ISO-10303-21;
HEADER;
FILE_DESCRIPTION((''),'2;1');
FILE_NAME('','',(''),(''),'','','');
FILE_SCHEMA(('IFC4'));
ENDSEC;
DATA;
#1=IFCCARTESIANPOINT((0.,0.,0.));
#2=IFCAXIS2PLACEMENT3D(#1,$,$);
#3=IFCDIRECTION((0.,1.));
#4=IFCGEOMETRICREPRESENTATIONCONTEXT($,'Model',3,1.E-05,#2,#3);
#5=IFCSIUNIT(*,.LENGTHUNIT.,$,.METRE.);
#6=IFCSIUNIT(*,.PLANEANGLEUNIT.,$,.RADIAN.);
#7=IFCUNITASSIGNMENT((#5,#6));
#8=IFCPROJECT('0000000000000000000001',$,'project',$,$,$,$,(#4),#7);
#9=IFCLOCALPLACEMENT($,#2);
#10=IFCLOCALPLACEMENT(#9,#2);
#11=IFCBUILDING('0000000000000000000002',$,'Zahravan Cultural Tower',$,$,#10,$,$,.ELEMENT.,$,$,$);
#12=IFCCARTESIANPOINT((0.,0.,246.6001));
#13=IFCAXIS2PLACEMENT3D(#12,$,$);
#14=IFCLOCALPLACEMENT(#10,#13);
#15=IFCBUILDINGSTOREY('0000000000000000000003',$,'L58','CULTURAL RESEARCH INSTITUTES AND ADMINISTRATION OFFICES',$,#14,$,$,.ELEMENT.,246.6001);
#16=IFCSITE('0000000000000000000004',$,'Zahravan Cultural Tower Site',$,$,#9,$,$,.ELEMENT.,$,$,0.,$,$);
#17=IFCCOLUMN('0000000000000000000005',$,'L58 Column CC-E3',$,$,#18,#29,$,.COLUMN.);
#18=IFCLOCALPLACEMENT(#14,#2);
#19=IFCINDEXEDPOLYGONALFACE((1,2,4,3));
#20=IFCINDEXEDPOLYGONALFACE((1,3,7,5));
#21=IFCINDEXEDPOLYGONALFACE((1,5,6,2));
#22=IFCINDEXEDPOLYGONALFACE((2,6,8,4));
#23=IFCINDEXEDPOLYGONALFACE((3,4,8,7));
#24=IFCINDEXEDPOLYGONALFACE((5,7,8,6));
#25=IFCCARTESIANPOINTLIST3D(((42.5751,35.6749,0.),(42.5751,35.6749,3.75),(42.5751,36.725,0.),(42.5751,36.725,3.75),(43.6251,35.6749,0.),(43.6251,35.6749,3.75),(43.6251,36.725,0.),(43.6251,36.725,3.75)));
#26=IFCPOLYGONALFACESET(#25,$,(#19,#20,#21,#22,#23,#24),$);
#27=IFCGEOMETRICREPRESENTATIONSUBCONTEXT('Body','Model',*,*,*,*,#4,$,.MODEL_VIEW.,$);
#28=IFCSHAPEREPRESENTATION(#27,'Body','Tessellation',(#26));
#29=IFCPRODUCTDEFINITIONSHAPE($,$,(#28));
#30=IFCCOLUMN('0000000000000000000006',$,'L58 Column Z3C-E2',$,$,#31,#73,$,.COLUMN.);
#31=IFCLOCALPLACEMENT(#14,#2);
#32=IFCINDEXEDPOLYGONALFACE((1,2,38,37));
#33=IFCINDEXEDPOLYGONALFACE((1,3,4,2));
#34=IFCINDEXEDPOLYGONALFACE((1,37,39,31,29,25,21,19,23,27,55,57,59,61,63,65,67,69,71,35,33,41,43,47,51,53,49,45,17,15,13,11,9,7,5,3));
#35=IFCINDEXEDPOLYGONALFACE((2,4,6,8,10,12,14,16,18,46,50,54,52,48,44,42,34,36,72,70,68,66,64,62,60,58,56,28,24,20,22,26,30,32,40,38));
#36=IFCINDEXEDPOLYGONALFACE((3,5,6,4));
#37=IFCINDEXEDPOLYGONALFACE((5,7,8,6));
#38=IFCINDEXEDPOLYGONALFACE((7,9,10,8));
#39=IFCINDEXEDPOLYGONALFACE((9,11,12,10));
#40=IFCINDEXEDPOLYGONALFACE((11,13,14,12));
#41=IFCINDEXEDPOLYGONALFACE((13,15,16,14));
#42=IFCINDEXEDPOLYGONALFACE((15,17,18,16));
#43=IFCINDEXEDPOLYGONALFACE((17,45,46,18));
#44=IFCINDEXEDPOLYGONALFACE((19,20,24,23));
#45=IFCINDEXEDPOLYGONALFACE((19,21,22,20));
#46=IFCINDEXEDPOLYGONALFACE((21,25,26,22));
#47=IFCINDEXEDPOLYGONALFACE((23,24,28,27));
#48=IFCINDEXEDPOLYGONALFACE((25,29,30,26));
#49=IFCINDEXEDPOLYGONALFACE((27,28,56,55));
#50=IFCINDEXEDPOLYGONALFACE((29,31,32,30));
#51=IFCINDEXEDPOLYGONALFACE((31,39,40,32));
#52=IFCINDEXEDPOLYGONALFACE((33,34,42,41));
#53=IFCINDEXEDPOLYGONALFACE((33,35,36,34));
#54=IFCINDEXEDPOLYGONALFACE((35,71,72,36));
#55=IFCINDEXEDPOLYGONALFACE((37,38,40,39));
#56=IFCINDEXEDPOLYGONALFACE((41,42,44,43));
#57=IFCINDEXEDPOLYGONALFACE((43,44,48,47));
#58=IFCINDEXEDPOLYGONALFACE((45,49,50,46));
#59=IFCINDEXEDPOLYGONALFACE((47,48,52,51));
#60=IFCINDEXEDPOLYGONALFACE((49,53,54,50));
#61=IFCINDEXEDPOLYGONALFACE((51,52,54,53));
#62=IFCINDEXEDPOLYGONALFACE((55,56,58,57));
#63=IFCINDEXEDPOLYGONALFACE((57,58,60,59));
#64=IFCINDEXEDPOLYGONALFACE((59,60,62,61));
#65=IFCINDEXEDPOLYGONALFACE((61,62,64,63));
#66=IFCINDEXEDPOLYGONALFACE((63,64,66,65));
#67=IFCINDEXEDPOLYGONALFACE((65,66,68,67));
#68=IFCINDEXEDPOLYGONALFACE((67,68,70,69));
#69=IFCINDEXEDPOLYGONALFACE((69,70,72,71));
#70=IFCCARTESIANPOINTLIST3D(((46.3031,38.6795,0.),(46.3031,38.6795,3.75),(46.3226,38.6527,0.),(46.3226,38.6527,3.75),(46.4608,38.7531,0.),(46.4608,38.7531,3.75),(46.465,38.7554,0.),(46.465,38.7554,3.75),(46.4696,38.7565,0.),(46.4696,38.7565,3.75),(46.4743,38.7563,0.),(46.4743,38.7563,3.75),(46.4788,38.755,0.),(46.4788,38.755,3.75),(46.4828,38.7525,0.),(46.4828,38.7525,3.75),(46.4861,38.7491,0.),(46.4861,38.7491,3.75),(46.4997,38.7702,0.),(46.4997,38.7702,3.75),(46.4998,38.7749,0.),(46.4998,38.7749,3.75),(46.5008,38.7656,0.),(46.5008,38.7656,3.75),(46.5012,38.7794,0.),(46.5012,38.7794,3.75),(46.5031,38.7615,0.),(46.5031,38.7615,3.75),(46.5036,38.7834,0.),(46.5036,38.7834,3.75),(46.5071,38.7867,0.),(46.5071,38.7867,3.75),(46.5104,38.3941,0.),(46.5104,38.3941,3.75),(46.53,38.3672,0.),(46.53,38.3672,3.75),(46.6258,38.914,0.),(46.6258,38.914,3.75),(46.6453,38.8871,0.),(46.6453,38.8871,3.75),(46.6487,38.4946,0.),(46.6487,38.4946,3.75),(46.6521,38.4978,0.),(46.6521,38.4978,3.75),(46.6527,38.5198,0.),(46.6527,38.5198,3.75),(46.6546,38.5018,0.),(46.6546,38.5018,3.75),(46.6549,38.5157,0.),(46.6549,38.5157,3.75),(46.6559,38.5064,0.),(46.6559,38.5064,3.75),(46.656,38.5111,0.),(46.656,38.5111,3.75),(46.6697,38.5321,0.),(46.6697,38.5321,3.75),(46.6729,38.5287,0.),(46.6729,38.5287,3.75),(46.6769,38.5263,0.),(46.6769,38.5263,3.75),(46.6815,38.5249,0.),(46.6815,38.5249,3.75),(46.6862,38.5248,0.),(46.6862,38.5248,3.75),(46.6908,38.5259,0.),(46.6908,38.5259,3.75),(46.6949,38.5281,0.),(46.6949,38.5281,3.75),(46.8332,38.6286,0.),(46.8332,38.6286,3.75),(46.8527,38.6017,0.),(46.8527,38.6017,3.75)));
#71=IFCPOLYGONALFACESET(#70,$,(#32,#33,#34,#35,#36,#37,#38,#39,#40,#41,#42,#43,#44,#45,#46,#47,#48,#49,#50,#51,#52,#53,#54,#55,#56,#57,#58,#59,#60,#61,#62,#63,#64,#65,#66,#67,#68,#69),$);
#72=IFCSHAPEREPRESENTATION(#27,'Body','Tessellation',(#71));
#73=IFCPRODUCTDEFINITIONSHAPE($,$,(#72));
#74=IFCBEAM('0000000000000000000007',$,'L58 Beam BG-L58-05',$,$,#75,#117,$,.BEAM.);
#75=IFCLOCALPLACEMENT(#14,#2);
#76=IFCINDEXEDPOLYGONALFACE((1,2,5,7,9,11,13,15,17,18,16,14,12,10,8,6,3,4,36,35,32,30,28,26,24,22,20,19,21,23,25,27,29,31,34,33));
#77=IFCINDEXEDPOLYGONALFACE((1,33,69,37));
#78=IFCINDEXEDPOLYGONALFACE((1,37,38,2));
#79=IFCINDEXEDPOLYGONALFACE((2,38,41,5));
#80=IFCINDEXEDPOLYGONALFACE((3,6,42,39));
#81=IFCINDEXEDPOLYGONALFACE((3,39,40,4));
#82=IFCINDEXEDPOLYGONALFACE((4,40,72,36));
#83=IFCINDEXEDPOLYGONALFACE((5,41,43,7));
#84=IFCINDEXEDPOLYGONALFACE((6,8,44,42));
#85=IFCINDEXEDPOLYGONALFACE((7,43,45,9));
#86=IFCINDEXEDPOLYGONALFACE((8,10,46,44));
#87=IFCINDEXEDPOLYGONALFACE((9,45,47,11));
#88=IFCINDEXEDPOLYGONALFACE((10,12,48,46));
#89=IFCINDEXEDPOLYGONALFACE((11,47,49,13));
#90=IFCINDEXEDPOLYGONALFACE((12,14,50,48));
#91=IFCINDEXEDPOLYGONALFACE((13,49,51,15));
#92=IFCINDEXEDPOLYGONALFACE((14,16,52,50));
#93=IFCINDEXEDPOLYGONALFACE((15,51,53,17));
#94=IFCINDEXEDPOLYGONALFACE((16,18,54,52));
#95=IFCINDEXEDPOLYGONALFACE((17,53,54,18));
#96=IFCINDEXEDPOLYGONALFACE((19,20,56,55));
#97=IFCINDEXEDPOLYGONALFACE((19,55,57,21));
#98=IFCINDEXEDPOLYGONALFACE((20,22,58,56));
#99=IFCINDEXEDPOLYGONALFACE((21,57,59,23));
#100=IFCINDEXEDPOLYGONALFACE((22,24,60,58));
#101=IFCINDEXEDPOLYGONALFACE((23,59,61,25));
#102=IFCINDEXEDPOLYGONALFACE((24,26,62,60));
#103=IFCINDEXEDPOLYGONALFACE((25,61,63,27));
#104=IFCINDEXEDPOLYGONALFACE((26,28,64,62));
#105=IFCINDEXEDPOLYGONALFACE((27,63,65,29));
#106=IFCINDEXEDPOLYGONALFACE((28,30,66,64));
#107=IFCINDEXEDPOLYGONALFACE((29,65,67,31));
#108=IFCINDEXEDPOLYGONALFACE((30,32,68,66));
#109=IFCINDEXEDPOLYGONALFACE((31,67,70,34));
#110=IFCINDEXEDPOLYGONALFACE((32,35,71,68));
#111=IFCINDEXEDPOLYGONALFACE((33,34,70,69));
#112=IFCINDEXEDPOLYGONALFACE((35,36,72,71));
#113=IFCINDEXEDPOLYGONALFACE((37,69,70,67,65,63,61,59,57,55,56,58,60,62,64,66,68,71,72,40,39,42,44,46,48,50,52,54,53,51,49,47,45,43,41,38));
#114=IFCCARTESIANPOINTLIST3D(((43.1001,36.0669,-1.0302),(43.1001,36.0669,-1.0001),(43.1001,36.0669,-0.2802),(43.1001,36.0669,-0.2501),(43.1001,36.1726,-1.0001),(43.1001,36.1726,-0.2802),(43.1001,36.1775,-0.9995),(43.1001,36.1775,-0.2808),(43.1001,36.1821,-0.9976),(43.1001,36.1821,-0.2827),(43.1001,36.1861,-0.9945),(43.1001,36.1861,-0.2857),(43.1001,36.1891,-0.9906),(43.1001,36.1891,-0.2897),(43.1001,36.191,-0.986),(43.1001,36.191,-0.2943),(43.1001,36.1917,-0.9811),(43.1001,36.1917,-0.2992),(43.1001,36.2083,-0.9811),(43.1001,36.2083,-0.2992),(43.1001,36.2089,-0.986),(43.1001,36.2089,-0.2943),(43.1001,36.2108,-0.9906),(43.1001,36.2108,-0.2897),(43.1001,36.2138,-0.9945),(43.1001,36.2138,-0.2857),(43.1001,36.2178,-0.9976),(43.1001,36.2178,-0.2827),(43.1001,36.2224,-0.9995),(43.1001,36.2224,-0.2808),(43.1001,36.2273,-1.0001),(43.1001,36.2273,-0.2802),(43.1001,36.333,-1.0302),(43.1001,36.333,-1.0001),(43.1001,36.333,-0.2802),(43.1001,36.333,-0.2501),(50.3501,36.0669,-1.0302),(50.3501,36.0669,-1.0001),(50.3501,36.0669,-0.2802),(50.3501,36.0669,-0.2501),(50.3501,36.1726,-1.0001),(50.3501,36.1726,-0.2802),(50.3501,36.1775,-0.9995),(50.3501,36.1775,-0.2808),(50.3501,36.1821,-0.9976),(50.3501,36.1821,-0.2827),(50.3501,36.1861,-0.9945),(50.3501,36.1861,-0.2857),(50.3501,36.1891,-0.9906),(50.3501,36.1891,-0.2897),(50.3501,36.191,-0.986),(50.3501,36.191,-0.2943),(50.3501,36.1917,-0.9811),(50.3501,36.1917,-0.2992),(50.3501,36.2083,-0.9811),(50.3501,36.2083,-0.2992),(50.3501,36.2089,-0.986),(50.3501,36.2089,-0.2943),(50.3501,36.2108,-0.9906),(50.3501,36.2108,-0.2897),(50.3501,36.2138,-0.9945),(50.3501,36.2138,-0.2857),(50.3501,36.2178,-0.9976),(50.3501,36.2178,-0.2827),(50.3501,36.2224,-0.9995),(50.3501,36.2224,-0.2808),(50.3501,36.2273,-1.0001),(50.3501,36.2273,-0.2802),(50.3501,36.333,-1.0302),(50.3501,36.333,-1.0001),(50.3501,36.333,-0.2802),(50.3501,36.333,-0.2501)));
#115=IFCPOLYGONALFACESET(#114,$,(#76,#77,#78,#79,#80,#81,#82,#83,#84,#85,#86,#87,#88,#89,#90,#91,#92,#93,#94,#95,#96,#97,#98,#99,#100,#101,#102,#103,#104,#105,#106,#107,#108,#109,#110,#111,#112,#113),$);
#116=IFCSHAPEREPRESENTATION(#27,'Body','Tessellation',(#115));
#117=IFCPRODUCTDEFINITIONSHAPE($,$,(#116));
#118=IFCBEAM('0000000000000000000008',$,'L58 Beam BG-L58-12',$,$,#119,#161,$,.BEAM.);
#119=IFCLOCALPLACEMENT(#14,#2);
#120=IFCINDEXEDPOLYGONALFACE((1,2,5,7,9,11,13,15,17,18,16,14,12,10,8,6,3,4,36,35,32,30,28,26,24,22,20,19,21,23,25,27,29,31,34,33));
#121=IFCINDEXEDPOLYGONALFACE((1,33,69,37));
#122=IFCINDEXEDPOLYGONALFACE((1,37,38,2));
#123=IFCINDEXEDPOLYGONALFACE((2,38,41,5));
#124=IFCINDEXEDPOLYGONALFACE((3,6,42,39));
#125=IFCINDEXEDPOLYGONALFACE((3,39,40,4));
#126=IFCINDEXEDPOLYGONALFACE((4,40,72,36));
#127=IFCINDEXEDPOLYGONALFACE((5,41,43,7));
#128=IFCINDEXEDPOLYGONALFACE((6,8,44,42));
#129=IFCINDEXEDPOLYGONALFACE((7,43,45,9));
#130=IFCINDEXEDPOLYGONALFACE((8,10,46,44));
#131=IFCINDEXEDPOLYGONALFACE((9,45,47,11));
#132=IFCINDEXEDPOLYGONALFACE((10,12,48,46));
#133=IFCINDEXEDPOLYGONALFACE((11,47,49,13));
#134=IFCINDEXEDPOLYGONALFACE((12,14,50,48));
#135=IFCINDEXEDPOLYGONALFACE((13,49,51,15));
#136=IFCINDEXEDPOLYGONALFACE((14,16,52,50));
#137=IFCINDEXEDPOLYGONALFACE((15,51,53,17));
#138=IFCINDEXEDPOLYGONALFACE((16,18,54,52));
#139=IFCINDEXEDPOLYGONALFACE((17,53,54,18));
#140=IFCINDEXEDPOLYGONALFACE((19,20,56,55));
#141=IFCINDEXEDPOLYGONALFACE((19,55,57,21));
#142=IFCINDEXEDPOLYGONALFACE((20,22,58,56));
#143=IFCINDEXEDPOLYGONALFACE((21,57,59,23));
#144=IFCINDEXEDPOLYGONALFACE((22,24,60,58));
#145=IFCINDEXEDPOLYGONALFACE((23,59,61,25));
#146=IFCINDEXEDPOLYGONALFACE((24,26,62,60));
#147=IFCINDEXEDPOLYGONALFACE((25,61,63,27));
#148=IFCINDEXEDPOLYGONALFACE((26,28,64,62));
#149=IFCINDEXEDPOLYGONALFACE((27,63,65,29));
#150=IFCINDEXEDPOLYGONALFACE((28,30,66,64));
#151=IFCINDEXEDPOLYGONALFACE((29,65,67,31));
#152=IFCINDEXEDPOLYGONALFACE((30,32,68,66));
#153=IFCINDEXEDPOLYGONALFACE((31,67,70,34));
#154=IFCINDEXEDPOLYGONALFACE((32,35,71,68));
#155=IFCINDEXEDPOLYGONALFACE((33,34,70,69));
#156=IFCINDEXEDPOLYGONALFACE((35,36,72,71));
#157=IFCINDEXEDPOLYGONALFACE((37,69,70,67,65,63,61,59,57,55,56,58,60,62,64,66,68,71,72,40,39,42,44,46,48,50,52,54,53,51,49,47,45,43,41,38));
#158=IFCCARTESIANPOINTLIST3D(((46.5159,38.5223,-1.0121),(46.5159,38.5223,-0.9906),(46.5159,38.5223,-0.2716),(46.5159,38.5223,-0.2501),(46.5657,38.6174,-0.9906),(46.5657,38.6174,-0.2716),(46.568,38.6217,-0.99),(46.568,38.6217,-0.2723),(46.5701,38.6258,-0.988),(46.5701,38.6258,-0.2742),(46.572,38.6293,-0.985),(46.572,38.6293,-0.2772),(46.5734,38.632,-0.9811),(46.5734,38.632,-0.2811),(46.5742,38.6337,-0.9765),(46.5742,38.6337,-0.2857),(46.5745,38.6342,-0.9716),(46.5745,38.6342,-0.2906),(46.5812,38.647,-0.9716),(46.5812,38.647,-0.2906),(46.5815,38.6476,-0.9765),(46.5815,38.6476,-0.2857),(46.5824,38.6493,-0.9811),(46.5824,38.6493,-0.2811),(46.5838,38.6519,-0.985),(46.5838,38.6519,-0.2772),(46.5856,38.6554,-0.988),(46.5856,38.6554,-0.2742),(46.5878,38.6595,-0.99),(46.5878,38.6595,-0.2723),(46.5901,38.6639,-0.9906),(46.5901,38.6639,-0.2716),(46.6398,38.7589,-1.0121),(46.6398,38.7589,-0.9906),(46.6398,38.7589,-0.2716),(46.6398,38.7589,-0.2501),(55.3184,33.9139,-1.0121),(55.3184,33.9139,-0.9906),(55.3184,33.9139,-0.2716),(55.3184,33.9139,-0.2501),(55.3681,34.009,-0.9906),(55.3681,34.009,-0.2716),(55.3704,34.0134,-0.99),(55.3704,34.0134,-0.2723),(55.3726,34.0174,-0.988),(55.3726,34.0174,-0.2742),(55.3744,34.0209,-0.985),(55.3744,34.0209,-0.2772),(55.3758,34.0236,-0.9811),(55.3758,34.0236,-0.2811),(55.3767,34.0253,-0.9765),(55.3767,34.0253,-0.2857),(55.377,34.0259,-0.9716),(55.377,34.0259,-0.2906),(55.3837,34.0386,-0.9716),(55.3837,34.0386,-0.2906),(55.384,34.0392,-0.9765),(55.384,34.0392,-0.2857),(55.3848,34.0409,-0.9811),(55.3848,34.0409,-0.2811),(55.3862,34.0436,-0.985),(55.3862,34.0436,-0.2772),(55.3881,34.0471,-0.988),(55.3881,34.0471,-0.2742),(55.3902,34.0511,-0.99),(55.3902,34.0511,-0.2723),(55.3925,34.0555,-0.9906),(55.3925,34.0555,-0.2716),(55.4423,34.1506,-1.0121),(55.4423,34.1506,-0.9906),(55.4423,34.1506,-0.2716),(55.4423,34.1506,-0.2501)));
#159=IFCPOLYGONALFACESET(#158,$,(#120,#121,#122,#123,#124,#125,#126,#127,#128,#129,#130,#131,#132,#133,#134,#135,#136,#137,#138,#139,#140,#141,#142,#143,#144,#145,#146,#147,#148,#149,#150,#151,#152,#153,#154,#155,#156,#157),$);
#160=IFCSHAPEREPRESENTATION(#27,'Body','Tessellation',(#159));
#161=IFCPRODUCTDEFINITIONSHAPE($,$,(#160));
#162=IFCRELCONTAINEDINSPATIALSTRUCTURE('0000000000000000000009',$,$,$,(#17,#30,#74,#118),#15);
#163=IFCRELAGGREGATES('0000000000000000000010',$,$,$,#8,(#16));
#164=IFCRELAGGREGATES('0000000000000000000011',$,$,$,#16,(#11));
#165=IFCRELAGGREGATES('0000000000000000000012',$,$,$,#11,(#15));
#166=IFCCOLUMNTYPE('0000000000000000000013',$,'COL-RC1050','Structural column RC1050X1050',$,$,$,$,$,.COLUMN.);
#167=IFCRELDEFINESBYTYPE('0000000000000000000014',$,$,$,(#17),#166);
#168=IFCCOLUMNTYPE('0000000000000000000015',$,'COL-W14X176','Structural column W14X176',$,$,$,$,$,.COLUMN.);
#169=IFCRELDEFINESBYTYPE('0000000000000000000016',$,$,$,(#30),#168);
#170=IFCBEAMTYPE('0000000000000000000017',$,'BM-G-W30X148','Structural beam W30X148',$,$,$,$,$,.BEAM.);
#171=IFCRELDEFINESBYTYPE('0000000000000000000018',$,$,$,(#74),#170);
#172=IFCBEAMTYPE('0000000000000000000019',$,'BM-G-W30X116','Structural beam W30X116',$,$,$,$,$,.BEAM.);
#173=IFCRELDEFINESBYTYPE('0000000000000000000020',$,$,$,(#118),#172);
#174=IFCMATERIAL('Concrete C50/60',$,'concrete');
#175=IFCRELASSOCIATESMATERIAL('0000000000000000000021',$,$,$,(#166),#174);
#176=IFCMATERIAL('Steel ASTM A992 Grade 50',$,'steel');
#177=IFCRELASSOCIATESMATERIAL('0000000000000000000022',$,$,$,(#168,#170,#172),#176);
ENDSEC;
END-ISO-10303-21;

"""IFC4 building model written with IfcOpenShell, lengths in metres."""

from ifc_helpers import new_model, si_unit, direction, frame, origin, origin_2d, place, context, subcontext, project, spatial, rectangle, i_section, extrude, source, transform, mapped, material, material_profile, profile_set, type_object, element, save


model = new_model("IFC4")

# Units and contexts
model_context = context("Model", 3, precision=1e-05, world=origin(), true_north=direction((0.0, 1.0)))
body_context = subcontext(model_context, "Body", "Model", "MODEL_VIEW")
ifc_project = project(units=[si_unit("LENGTHUNIT", "METRE"), si_unit("PLANEANGLEUNIT", "RADIAN")], contexts=[model_context])

# Site, building, storey
site_placement = place(None, origin())
site = spatial("IfcSite", under=ifc_project, at=site_placement, Name="Zahravan Cultural Tower Site", CompositionType="ELEMENT", RefElevation=0.0)
building_placement = place(site_placement, origin())
building = spatial("IfcBuilding", under=site, at=building_placement, Name="Zahravan Cultural Tower", CompositionType="ELEMENT")
storey_placement = place(building_placement, frame((0.0, 0.0, 246.6001)))
storey = spatial("IfcBuildingStorey", under=building, at=storey_placement, Name="L58", Description="CULTURAL RESEARCH INSTITUTES AND ADMINISTRATION OFFICES", CompositionType="ELEMENT", Elevation=246.6001)

# Columns
ifc_material_1 = material(Name="Concrete C50/60", Category="concrete")
ifc_material_profile_1 = material_profile(ifc_material_1, rectangle(XDim=1.05, YDim=1.05, at=origin_2d()), Name="RC1050X1050")
ifc_profile_set_1 = profile_set([ifc_material_profile_1], Name="Concrete C50/60")
column_type_1 = type_object("IfcColumnType", Name="COL-RC1050", Description="Structural column RC1050X1050", PredefinedType="COLUMN", material=ifc_profile_set_1)
shared_shape_1 = source(origin(), body_context, "Body", "SweptSolid", [
    extrude(rectangle(XDim=1.05, YDim=1.05, at=origin_2d()), origin(), (0.0, 0.0, 1.0), 3.75),
])
column_1_placement = place(storey_placement, frame((43.1001, 36.2, 0.0), z_axis=(0.0, 0.0, 1.0), x_axis=(1.0, 0.0, 0.0)))
element("IfcColumn", 1, at=column_1_placement, inside=storey, type_object=column_type_1, Name="L58 Column CC-E3", PredefinedType="COLUMN", context=body_context, shape_type="MappedRepresentation", body=[
    mapped(shared_shape_1, transform((0.0, 0.0, 0.0), x_axis=(1.0, 0.0, 0.0), y_axis=(0.0, 1.0, 0.0), z_axis=(0.0, 0.0, 1.0), scale=1.0)),
])
ifc_material_2 = material(Name="Steel ASTM A992 Grade 50", Category="steel")
ifc_material_profile_2 = material_profile(ifc_material_2, i_section(OverallWidth=0.3989, OverallDepth=0.386, WebThickness=0.021, FlangeThickness=0.0332, FilletRadius=0.0181, at=origin_2d()), Name="W14X176")
ifc_profile_set_2 = profile_set([ifc_material_profile_2], Name="Steel ASTM A992 Grade 50")
column_type_2 = type_object("IfcColumnType", Name="COL-W14X176", Description="Structural column W14X176", PredefinedType="COLUMN", material=ifc_profile_set_2)
shared_shape_2 = source(origin(), body_context, "Body", "SweptSolid", [
    extrude(i_section(OverallWidth=0.3989, OverallDepth=0.386, WebThickness=0.021, FlangeThickness=0.0332, FilletRadius=0.0181, at=origin_2d()), origin(), (0.0, 0.0, 1.0), 3.75),
])
column_2_placement = place(storey_placement, frame((46.5779, 38.6406, 0.0), z_axis=(0.0, 0.0, 1.0), x_axis=(0.809017, 0.587785, 0.0)))
element("IfcColumn", 2, at=column_2_placement, inside=storey, type_object=column_type_2, Name="L58 Column Z3C-E2", PredefinedType="COLUMN", context=body_context, shape_type="MappedRepresentation", body=[
    mapped(shared_shape_2, transform((0.0, 0.0, 0.0), x_axis=(1.0, 0.0, 0.0), y_axis=(0.0, 1.0, 0.0), z_axis=(0.0, 0.0, 1.0), scale=1.0)),
])

# Beams
ifc_material_profile_3 = material_profile(ifc_material_2, i_section(OverallWidth=0.2661, OverallDepth=0.78, WebThickness=0.0166, FlangeThickness=0.03, FilletRadius=0.019, at=origin_2d()), Name="W30X148")
ifc_profile_set_3 = profile_set([ifc_material_profile_3], Name="Steel ASTM A992 Grade 50")
beam_type_1 = type_object("IfcBeamType", Name="BM-G-W30X148", Description="Structural beam W30X148", PredefinedType="BEAM", material=ifc_profile_set_3)
shared_shape_3 = source(origin(), body_context, "Body", "SweptSolid", [
    extrude(i_section(OverallWidth=0.2661, OverallDepth=0.78, WebThickness=0.0166, FlangeThickness=0.03, FilletRadius=0.019, at=origin_2d()), origin(), (0.0, 0.0, 1.0), 7.25),
])
beam_1_placement = place(storey_placement, frame((43.1001, 36.2, -0.6401), z_axis=(1.0, 0.0, 0.0), x_axis=(0.0, 1.0, 0.0)))
element("IfcBeam", 3, at=beam_1_placement, inside=storey, type_object=beam_type_1, Name="L58 Beam BG-L58-05", PredefinedType="BEAM", context=body_context, shape_type="MappedRepresentation", body=[
    mapped(shared_shape_3, transform((0.0, 0.0, 0.0), x_axis=(1.0, 0.0, 0.0), y_axis=(0.0, 1.0, 0.0), z_axis=(0.0, 0.0, 1.0), scale=1.0)),
])
ifc_material_profile_4 = material_profile(ifc_material_2, i_section(OverallWidth=0.2671, OverallDepth=0.762, WebThickness=0.0144, FlangeThickness=0.0215, FilletRadius=0.019, at=origin_2d()), Name="W30X116")
ifc_profile_set_4 = profile_set([ifc_material_profile_4], Name="Steel ASTM A992 Grade 50")
beam_type_2 = type_object("IfcBeamType", Name="BM-G-W30X116", Description="Structural beam W30X116", PredefinedType="BEAM", material=ifc_profile_set_4)
shared_shape_4 = source(origin(), body_context, "Body", "SweptSolid", [
    extrude(i_section(OverallWidth=0.2671, OverallDepth=0.762, WebThickness=0.0144, FlangeThickness=0.0215, FilletRadius=0.019, at=origin_2d()), origin(), (0.0, 0.0, 1.0), 9.9358),
])
beam_2_placement = place(storey_placement, frame((46.5779, 38.6406, -0.6311), z_axis=(0.885932, -0.463815, 0.0), x_axis=(0.463815, 0.885932, 0.0)))
element("IfcBeam", 4, at=beam_2_placement, inside=storey, type_object=beam_type_2, Name="L58 Beam BG-L58-12", PredefinedType="BEAM", context=body_context, shape_type="MappedRepresentation", body=[
    mapped(shared_shape_4, transform((0.0, 0.0, 0.0), x_axis=(1.0, 0.0, 0.0), y_axis=(0.0, 1.0, 0.0), z_axis=(0.0, 0.0, 1.0), scale=1.0)),
])

save(model, "model.ifc")
